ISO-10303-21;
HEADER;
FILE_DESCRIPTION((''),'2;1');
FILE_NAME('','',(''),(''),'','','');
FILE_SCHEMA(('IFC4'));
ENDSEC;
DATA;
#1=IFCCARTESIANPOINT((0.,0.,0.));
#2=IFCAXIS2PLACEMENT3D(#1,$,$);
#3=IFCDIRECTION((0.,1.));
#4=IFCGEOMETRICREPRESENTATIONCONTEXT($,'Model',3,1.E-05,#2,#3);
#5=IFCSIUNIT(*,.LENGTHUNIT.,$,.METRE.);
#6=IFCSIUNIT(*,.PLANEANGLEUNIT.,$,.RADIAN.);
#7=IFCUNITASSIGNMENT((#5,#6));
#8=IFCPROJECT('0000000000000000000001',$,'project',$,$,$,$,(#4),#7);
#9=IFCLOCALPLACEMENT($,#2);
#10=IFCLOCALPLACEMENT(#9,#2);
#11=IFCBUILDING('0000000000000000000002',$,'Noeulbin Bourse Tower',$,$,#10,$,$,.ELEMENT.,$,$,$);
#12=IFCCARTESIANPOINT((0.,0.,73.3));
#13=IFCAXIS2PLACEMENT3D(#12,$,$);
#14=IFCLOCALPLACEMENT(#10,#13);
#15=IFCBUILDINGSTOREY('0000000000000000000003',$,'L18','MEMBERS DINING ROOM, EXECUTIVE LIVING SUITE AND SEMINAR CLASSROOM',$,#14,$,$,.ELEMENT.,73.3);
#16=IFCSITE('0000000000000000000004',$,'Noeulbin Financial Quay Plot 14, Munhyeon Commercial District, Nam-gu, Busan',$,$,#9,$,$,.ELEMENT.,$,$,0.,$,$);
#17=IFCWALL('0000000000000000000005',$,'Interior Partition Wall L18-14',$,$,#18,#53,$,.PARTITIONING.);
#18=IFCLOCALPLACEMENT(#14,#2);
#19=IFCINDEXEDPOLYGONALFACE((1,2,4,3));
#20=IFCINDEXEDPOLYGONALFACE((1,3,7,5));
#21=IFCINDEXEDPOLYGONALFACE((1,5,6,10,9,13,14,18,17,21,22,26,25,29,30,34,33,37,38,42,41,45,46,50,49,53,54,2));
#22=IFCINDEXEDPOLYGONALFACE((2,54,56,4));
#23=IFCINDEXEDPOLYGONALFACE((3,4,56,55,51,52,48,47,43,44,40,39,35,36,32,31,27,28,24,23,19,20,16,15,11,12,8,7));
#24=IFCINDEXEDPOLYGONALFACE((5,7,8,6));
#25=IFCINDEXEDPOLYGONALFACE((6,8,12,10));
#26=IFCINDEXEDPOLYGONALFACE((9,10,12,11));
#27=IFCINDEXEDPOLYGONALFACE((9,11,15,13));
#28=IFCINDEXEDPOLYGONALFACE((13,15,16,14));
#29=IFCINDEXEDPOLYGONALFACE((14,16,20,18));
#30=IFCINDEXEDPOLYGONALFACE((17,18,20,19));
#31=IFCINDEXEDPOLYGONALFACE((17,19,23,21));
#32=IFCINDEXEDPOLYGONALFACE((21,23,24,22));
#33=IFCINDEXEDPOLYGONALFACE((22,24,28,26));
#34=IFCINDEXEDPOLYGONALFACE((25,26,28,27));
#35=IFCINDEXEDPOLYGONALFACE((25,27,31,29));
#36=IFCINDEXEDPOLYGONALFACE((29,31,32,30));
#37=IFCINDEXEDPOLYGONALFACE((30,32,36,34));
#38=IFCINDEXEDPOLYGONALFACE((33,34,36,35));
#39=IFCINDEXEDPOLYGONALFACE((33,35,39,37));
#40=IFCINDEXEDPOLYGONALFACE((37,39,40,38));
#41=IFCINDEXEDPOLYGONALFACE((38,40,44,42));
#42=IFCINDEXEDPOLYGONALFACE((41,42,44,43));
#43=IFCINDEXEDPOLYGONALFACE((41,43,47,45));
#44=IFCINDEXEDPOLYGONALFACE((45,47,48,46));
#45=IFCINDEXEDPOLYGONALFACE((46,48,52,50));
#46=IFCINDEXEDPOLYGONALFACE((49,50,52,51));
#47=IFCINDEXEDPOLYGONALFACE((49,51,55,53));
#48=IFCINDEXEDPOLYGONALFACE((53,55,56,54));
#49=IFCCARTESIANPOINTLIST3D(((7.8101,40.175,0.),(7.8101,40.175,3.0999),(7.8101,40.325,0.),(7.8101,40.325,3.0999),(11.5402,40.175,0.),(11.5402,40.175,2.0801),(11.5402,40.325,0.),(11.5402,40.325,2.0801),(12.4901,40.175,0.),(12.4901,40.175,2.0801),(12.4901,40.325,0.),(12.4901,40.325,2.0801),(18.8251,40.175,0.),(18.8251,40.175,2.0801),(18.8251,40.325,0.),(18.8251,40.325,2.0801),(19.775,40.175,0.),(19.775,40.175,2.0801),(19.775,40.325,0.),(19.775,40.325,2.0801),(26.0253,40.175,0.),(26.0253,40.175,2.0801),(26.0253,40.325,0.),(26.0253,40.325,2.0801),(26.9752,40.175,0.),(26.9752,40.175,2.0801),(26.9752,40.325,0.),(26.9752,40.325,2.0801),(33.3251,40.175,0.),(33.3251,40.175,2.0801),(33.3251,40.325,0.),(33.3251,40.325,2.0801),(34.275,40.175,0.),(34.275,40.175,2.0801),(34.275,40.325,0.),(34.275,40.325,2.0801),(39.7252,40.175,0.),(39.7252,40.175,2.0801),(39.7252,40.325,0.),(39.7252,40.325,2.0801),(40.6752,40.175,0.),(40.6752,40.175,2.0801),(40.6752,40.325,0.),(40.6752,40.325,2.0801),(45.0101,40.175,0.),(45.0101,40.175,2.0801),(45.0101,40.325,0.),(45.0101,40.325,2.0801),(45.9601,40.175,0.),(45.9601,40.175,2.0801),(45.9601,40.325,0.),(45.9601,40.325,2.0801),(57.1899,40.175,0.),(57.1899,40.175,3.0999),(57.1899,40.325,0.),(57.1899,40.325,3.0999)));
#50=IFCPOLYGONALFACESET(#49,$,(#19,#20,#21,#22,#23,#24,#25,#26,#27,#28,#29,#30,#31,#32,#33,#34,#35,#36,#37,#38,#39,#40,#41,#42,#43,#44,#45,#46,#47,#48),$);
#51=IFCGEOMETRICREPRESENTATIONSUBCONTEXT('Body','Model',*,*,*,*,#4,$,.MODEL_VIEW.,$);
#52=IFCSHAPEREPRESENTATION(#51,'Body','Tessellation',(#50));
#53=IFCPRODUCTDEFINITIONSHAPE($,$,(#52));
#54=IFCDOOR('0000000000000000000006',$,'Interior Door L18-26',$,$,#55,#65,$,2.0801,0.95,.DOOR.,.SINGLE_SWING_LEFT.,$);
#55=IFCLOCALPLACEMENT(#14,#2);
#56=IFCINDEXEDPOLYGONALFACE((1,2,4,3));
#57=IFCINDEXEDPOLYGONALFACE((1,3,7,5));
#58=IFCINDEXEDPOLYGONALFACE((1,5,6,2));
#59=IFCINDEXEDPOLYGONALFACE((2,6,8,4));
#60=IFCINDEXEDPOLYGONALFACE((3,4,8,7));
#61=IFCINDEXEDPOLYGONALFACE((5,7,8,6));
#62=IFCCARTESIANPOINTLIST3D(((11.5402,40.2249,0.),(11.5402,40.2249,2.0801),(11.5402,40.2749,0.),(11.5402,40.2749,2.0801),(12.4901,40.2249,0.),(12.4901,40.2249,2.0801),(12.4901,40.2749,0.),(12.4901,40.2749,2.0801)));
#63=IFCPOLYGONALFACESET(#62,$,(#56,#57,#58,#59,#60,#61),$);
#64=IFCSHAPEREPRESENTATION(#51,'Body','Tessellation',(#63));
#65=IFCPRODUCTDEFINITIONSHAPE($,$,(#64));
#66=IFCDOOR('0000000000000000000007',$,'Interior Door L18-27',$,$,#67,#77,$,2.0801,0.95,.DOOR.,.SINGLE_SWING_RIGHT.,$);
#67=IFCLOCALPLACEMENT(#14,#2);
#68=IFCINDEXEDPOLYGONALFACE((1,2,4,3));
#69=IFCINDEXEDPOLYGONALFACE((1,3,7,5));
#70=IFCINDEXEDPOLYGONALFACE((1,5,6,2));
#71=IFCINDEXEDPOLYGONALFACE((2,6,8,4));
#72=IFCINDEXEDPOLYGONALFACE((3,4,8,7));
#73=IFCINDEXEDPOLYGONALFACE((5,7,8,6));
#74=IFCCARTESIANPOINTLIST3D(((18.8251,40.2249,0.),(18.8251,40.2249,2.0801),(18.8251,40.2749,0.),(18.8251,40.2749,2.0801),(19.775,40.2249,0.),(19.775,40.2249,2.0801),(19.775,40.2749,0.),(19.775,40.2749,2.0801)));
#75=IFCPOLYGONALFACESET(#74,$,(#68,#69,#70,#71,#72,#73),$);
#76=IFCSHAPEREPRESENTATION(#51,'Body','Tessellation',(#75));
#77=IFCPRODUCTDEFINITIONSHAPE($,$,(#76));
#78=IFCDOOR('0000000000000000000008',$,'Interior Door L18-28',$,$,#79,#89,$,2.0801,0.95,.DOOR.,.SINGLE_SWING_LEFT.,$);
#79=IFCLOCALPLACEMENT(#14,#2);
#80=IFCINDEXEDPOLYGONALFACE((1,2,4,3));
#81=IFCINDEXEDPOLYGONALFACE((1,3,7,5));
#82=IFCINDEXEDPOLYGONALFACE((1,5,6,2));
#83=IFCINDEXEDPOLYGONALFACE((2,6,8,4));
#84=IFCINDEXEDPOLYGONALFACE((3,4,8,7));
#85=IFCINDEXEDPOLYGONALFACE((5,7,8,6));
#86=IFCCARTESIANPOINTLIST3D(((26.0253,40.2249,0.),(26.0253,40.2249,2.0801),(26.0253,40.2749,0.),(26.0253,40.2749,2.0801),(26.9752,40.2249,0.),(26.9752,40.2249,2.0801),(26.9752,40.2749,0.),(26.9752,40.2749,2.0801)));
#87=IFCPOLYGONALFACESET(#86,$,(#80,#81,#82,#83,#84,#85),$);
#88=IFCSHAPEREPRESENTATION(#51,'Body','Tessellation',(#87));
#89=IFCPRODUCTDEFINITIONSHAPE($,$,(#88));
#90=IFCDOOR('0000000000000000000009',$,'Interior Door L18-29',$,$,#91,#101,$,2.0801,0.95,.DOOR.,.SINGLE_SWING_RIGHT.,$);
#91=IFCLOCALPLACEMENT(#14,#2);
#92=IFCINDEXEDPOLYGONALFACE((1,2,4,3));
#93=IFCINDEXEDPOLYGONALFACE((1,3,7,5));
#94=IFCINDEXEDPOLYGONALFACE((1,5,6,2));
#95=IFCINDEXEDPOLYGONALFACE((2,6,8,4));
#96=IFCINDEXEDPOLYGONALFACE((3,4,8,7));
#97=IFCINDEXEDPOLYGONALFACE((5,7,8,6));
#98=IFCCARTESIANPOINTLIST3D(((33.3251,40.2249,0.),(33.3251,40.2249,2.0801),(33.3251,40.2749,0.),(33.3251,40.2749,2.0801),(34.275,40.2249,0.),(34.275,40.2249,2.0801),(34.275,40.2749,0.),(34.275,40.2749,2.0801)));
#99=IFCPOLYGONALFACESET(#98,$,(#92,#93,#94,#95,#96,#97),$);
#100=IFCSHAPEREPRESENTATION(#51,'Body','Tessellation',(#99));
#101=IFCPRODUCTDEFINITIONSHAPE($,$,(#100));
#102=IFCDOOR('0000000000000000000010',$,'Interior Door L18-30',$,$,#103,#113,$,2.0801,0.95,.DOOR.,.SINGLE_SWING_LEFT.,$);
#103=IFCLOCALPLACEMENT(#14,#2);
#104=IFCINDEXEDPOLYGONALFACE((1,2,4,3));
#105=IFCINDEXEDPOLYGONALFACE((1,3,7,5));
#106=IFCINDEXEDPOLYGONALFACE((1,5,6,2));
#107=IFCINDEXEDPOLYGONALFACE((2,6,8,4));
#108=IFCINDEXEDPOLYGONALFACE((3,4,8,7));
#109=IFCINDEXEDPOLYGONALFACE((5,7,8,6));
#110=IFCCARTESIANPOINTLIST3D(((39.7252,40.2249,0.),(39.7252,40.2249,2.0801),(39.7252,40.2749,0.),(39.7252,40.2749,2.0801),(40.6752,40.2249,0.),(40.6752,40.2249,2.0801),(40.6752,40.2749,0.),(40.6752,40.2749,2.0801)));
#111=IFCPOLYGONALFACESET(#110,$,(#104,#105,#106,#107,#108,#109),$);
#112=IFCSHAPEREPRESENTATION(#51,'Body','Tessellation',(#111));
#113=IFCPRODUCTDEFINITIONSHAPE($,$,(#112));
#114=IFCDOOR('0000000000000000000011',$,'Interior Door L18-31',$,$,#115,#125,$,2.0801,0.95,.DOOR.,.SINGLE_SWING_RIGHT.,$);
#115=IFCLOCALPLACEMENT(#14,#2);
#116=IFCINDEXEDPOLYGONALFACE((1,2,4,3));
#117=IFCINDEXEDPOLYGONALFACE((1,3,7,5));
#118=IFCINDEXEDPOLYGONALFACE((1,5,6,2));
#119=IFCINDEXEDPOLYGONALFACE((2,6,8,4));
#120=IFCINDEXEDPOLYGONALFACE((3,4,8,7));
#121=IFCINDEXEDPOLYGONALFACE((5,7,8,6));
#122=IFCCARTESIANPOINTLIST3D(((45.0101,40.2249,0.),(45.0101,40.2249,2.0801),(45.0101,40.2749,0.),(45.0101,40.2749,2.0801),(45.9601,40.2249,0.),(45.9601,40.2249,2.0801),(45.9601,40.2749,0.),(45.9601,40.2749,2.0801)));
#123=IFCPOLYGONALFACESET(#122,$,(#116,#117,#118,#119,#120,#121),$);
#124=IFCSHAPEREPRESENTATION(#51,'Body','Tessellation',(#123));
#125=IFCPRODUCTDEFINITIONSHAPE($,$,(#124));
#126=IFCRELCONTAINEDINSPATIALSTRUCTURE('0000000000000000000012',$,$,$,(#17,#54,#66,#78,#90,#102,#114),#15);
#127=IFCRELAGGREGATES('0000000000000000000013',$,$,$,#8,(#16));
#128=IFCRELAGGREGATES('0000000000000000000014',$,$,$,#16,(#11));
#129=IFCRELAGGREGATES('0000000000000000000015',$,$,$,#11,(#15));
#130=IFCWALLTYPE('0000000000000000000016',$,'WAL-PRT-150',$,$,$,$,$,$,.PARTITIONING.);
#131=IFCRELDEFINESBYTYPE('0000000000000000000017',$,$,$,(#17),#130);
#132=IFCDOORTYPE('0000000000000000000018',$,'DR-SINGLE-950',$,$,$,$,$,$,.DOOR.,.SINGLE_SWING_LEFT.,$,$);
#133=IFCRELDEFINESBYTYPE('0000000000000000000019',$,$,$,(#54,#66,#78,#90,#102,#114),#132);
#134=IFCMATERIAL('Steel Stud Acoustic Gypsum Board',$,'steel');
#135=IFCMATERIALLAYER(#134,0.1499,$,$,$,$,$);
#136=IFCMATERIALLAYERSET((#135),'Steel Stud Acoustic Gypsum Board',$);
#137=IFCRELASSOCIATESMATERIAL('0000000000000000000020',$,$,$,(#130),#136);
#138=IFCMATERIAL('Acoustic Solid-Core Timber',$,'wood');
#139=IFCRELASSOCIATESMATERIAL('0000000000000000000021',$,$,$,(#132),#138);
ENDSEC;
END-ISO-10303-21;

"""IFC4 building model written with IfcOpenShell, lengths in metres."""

from ifc_helpers import new_model, si_unit, direction, frame, frame_2d, origin, place, context, subcontext, project, spatial, rectangle, extrude, material, layer, layer_set, type_object, element, fill, save


model = new_model("IFC4")

# Units and contexts
model_context = context("Model", 3, precision=1e-05, world=origin(), true_north=direction((0.0, 1.0)))
body_context = subcontext(model_context, "Body", "Model", "MODEL_VIEW")
ifc_project = project(units=[si_unit("LENGTHUNIT", "METRE"), si_unit("PLANEANGLEUNIT", "RADIAN")], contexts=[model_context])

# Site, building, storey
site_placement = place(None, origin())
site = spatial("IfcSite", under=ifc_project, at=site_placement, Name="Noeulbin Financial Quay Plot 14, Munhyeon Commercial District, Nam-gu, Busan", CompositionType="ELEMENT", RefElevation=0.0)
building_placement = place(site_placement, origin())
building = spatial("IfcBuilding", under=site, at=building_placement, Name="Noeulbin Bourse Tower", CompositionType="ELEMENT")
storey_placement = place(building_placement, frame((0.0, 0.0, 73.3)))
storey = spatial("IfcBuildingStorey", under=building, at=storey_placement, Name="L18", Description="MEMBERS DINING ROOM, EXECUTIVE LIVING SUITE AND SEMINAR CLASSROOM", CompositionType="ELEMENT", Elevation=73.3)

# Wall, openings, doors
ifc_material_1 = material(Name="Steel Stud Acoustic Gypsum Board", Category="steel")
ifc_layer_1 = layer(ifc_material_1, 0.1499)
ifc_layer_set_1 = layer_set([ifc_layer_1], Name="Steel Stud Acoustic Gypsum Board")
wall_type_1 = type_object("IfcWallType", Name="WAL-PRT-150", PredefinedType="PARTITIONING", material=ifc_layer_set_1)
wall_1_placement = place(storey_placement, frame((7.8101, 40.25, 0.0), z_axis=(0.0, 0.0, 1.0), x_axis=(1.0, 0.0, 0.0)))
wall_1 = element("IfcWall", 1, at=wall_1_placement, inside=storey, type_object=wall_type_1, Name="Interior Partition Wall L18-14", PredefinedType="PARTITIONING", context=body_context, shape_type="SweptSolid", body=[
    extrude(rectangle(XDim=49.3799, YDim=0.1499, at=frame_2d((24.6899, 0.0))), origin(), (0.0, 0.0, 1.0), 3.0999),
])
opening_1_placement = place(wall_1_placement, frame((3.73, 0.0, 0.0)))
opening_1 = element("IfcOpeningElement", 2, at=opening_1_placement, cuts=wall_1, PredefinedType="OPENING", context=body_context, shape_type="SweptSolid", body=[
    extrude(rectangle(XDim=0.95, YDim=2.0801, at=frame_2d((0.4751, 1.04))), frame((0.0, 0.085, 0.0), z_axis=(0.0, -1.0, 0.0), x_axis=(1.0, 0.0, 0.0)), (0.0, 0.0, 1.0), 0.1699),
])
opening_2_placement = place(wall_1_placement, frame((11.0149, 0.0, 0.0)))
opening_2 = element("IfcOpeningElement", 3, at=opening_2_placement, cuts=wall_1, PredefinedType="OPENING", context=body_context, shape_type="SweptSolid", body=[
    extrude(rectangle(XDim=0.95, YDim=2.0801, at=frame_2d((0.4751, 1.04))), frame((0.0, 0.085, 0.0), z_axis=(0.0, -1.0, 0.0), x_axis=(1.0, 0.0, 0.0)), (0.0, 0.0, 1.0), 0.1699),
])
opening_3_placement = place(wall_1_placement, frame((18.2151, 0.0, 0.0)))
opening_3 = element("IfcOpeningElement", 4, at=opening_3_placement, cuts=wall_1, PredefinedType="OPENING", context=body_context, shape_type="SweptSolid", body=[
    extrude(rectangle(XDim=0.95, YDim=2.0801, at=frame_2d((0.4751, 1.04))), frame((0.0, 0.085, 0.0), z_axis=(0.0, -1.0, 0.0), x_axis=(1.0, 0.0, 0.0)), (0.0, 0.0, 1.0), 0.1699),
])
opening_4_placement = place(wall_1_placement, frame((25.5149, 0.0, 0.0)))
opening_4 = element("IfcOpeningElement", 5, at=opening_4_placement, cuts=wall_1, PredefinedType="OPENING", context=body_context, shape_type="SweptSolid", body=[
    extrude(rectangle(XDim=0.95, YDim=2.0801, at=frame_2d((0.4751, 1.04))), frame((0.0, 0.085, 0.0), z_axis=(0.0, -1.0, 0.0), x_axis=(1.0, 0.0, 0.0)), (0.0, 0.0, 1.0), 0.1699),
])
opening_5_placement = place(wall_1_placement, frame((31.915, 0.0, 0.0)))
opening_5 = element("IfcOpeningElement", 6, at=opening_5_placement, cuts=wall_1, PredefinedType="OPENING", context=body_context, shape_type="SweptSolid", body=[
    extrude(rectangle(XDim=0.95, YDim=2.0801, at=frame_2d((0.4751, 1.04))), frame((0.0, 0.085, 0.0), z_axis=(0.0, -1.0, 0.0), x_axis=(1.0, 0.0, 0.0)), (0.0, 0.0, 1.0), 0.1699),
])
opening_6_placement = place(wall_1_placement, frame((37.2, 0.0, 0.0)))
opening_6 = element("IfcOpeningElement", 7, at=opening_6_placement, cuts=wall_1, PredefinedType="OPENING", context=body_context, shape_type="SweptSolid", body=[
    extrude(rectangle(XDim=0.95, YDim=2.0801, at=frame_2d((0.4751, 1.04))), frame((0.0, 0.085, 0.0), z_axis=(0.0, -1.0, 0.0), x_axis=(1.0, 0.0, 0.0)), (0.0, 0.0, 1.0), 0.1699),
])
ifc_material_2 = material(Name="Acoustic Solid-Core Timber", Category="wood")
door_type = type_object("IfcDoorType", Name="DR-SINGLE-950", OperationType="SINGLE_SWING_LEFT", PredefinedType="DOOR", material=ifc_material_2)
door_1_placement = place(opening_1_placement, origin())
door_1 = element("IfcDoor", 8, at=door_1_placement, inside=storey, type_object=door_type, Name="Interior Door L18-26", OperationType="SINGLE_SWING_LEFT", OverallHeight=2.0801, OverallWidth=0.95, PredefinedType="DOOR", context=body_context, shape_type="SweptSolid", body=[
    extrude(rectangle(XDim=0.95, YDim=2.0801, at=frame_2d((0.4751, 1.04))), frame((0.0, 0.0249, 0.0), z_axis=(0.0, -1.0, 0.0), x_axis=(1.0, 0.0, 0.0)), (0.0, 0.0, 1.0), 0.05),
])
fill(opening_1, door_1)
door_2_placement = place(opening_2_placement, origin())
door_2 = element("IfcDoor", 9, at=door_2_placement, inside=storey, type_object=door_type, Name="Interior Door L18-27", OperationType="SINGLE_SWING_RIGHT", OverallHeight=2.0801, OverallWidth=0.95, PredefinedType="DOOR", context=body_context, shape_type="SweptSolid", body=[
    extrude(rectangle(XDim=0.95, YDim=2.0801, at=frame_2d((0.4751, 1.04))), frame((0.0, 0.0249, 0.0), z_axis=(0.0, -1.0, 0.0), x_axis=(1.0, 0.0, 0.0)), (0.0, 0.0, 1.0), 0.05),
])
fill(opening_2, door_2)
door_3_placement = place(opening_3_placement, origin())
door_3 = element("IfcDoor", 10, at=door_3_placement, inside=storey, type_object=door_type, Name="Interior Door L18-28", OperationType="SINGLE_SWING_LEFT", OverallHeight=2.0801, OverallWidth=0.95, PredefinedType="DOOR", context=body_context, shape_type="SweptSolid", body=[
    extrude(rectangle(XDim=0.95, YDim=2.0801, at=frame_2d((0.4751, 1.04))), frame((0.0, 0.0249, 0.0), z_axis=(0.0, -1.0, 0.0), x_axis=(1.0, 0.0, 0.0)), (0.0, 0.0, 1.0), 0.05),
])
fill(opening_3, door_3)
door_4_placement = place(opening_4_placement, origin())
door_4 = element("IfcDoor", 11, at=door_4_placement, inside=storey, type_object=door_type, Name="Interior Door L18-29", OperationType="SINGLE_SWING_RIGHT", OverallHeight=2.0801, OverallWidth=0.95, PredefinedType="DOOR", context=body_context, shape_type="SweptSolid", body=[
    extrude(rectangle(XDim=0.95, YDim=2.0801, at=frame_2d((0.4751, 1.04))), frame((0.0, 0.0249, 0.0), z_axis=(0.0, -1.0, 0.0), x_axis=(1.0, 0.0, 0.0)), (0.0, 0.0, 1.0), 0.05),
])
fill(opening_4, door_4)
door_5_placement = place(opening_5_placement, origin())
door_5 = element("IfcDoor", 12, at=door_5_placement, inside=storey, type_object=door_type, Name="Interior Door L18-30", OperationType="SINGLE_SWING_LEFT", OverallHeight=2.0801, OverallWidth=0.95, PredefinedType="DOOR", context=body_context, shape_type="SweptSolid", body=[
    extrude(rectangle(XDim=0.95, YDim=2.0801, at=frame_2d((0.4751, 1.04))), frame((0.0, 0.0249, 0.0), z_axis=(0.0, -1.0, 0.0), x_axis=(1.0, 0.0, 0.0)), (0.0, 0.0, 1.0), 0.05),
])
fill(opening_5, door_5)
door_6_placement = place(opening_6_placement, origin())
door_6 = element("IfcDoor", 13, at=door_6_placement, inside=storey, type_object=door_type, Name="Interior Door L18-31", OperationType="SINGLE_SWING_RIGHT", OverallHeight=2.0801, OverallWidth=0.95, PredefinedType="DOOR", context=body_context, shape_type="SweptSolid", body=[
    extrude(rectangle(XDim=0.95, YDim=2.0801, at=frame_2d((0.4751, 1.04))), frame((0.0, 0.0249, 0.0), z_axis=(0.0, -1.0, 0.0), x_axis=(1.0, 0.0, 0.0)), (0.0, 0.0, 1.0), 0.05),
])
fill(opening_6, door_6)

save(model, "model.ifc")
